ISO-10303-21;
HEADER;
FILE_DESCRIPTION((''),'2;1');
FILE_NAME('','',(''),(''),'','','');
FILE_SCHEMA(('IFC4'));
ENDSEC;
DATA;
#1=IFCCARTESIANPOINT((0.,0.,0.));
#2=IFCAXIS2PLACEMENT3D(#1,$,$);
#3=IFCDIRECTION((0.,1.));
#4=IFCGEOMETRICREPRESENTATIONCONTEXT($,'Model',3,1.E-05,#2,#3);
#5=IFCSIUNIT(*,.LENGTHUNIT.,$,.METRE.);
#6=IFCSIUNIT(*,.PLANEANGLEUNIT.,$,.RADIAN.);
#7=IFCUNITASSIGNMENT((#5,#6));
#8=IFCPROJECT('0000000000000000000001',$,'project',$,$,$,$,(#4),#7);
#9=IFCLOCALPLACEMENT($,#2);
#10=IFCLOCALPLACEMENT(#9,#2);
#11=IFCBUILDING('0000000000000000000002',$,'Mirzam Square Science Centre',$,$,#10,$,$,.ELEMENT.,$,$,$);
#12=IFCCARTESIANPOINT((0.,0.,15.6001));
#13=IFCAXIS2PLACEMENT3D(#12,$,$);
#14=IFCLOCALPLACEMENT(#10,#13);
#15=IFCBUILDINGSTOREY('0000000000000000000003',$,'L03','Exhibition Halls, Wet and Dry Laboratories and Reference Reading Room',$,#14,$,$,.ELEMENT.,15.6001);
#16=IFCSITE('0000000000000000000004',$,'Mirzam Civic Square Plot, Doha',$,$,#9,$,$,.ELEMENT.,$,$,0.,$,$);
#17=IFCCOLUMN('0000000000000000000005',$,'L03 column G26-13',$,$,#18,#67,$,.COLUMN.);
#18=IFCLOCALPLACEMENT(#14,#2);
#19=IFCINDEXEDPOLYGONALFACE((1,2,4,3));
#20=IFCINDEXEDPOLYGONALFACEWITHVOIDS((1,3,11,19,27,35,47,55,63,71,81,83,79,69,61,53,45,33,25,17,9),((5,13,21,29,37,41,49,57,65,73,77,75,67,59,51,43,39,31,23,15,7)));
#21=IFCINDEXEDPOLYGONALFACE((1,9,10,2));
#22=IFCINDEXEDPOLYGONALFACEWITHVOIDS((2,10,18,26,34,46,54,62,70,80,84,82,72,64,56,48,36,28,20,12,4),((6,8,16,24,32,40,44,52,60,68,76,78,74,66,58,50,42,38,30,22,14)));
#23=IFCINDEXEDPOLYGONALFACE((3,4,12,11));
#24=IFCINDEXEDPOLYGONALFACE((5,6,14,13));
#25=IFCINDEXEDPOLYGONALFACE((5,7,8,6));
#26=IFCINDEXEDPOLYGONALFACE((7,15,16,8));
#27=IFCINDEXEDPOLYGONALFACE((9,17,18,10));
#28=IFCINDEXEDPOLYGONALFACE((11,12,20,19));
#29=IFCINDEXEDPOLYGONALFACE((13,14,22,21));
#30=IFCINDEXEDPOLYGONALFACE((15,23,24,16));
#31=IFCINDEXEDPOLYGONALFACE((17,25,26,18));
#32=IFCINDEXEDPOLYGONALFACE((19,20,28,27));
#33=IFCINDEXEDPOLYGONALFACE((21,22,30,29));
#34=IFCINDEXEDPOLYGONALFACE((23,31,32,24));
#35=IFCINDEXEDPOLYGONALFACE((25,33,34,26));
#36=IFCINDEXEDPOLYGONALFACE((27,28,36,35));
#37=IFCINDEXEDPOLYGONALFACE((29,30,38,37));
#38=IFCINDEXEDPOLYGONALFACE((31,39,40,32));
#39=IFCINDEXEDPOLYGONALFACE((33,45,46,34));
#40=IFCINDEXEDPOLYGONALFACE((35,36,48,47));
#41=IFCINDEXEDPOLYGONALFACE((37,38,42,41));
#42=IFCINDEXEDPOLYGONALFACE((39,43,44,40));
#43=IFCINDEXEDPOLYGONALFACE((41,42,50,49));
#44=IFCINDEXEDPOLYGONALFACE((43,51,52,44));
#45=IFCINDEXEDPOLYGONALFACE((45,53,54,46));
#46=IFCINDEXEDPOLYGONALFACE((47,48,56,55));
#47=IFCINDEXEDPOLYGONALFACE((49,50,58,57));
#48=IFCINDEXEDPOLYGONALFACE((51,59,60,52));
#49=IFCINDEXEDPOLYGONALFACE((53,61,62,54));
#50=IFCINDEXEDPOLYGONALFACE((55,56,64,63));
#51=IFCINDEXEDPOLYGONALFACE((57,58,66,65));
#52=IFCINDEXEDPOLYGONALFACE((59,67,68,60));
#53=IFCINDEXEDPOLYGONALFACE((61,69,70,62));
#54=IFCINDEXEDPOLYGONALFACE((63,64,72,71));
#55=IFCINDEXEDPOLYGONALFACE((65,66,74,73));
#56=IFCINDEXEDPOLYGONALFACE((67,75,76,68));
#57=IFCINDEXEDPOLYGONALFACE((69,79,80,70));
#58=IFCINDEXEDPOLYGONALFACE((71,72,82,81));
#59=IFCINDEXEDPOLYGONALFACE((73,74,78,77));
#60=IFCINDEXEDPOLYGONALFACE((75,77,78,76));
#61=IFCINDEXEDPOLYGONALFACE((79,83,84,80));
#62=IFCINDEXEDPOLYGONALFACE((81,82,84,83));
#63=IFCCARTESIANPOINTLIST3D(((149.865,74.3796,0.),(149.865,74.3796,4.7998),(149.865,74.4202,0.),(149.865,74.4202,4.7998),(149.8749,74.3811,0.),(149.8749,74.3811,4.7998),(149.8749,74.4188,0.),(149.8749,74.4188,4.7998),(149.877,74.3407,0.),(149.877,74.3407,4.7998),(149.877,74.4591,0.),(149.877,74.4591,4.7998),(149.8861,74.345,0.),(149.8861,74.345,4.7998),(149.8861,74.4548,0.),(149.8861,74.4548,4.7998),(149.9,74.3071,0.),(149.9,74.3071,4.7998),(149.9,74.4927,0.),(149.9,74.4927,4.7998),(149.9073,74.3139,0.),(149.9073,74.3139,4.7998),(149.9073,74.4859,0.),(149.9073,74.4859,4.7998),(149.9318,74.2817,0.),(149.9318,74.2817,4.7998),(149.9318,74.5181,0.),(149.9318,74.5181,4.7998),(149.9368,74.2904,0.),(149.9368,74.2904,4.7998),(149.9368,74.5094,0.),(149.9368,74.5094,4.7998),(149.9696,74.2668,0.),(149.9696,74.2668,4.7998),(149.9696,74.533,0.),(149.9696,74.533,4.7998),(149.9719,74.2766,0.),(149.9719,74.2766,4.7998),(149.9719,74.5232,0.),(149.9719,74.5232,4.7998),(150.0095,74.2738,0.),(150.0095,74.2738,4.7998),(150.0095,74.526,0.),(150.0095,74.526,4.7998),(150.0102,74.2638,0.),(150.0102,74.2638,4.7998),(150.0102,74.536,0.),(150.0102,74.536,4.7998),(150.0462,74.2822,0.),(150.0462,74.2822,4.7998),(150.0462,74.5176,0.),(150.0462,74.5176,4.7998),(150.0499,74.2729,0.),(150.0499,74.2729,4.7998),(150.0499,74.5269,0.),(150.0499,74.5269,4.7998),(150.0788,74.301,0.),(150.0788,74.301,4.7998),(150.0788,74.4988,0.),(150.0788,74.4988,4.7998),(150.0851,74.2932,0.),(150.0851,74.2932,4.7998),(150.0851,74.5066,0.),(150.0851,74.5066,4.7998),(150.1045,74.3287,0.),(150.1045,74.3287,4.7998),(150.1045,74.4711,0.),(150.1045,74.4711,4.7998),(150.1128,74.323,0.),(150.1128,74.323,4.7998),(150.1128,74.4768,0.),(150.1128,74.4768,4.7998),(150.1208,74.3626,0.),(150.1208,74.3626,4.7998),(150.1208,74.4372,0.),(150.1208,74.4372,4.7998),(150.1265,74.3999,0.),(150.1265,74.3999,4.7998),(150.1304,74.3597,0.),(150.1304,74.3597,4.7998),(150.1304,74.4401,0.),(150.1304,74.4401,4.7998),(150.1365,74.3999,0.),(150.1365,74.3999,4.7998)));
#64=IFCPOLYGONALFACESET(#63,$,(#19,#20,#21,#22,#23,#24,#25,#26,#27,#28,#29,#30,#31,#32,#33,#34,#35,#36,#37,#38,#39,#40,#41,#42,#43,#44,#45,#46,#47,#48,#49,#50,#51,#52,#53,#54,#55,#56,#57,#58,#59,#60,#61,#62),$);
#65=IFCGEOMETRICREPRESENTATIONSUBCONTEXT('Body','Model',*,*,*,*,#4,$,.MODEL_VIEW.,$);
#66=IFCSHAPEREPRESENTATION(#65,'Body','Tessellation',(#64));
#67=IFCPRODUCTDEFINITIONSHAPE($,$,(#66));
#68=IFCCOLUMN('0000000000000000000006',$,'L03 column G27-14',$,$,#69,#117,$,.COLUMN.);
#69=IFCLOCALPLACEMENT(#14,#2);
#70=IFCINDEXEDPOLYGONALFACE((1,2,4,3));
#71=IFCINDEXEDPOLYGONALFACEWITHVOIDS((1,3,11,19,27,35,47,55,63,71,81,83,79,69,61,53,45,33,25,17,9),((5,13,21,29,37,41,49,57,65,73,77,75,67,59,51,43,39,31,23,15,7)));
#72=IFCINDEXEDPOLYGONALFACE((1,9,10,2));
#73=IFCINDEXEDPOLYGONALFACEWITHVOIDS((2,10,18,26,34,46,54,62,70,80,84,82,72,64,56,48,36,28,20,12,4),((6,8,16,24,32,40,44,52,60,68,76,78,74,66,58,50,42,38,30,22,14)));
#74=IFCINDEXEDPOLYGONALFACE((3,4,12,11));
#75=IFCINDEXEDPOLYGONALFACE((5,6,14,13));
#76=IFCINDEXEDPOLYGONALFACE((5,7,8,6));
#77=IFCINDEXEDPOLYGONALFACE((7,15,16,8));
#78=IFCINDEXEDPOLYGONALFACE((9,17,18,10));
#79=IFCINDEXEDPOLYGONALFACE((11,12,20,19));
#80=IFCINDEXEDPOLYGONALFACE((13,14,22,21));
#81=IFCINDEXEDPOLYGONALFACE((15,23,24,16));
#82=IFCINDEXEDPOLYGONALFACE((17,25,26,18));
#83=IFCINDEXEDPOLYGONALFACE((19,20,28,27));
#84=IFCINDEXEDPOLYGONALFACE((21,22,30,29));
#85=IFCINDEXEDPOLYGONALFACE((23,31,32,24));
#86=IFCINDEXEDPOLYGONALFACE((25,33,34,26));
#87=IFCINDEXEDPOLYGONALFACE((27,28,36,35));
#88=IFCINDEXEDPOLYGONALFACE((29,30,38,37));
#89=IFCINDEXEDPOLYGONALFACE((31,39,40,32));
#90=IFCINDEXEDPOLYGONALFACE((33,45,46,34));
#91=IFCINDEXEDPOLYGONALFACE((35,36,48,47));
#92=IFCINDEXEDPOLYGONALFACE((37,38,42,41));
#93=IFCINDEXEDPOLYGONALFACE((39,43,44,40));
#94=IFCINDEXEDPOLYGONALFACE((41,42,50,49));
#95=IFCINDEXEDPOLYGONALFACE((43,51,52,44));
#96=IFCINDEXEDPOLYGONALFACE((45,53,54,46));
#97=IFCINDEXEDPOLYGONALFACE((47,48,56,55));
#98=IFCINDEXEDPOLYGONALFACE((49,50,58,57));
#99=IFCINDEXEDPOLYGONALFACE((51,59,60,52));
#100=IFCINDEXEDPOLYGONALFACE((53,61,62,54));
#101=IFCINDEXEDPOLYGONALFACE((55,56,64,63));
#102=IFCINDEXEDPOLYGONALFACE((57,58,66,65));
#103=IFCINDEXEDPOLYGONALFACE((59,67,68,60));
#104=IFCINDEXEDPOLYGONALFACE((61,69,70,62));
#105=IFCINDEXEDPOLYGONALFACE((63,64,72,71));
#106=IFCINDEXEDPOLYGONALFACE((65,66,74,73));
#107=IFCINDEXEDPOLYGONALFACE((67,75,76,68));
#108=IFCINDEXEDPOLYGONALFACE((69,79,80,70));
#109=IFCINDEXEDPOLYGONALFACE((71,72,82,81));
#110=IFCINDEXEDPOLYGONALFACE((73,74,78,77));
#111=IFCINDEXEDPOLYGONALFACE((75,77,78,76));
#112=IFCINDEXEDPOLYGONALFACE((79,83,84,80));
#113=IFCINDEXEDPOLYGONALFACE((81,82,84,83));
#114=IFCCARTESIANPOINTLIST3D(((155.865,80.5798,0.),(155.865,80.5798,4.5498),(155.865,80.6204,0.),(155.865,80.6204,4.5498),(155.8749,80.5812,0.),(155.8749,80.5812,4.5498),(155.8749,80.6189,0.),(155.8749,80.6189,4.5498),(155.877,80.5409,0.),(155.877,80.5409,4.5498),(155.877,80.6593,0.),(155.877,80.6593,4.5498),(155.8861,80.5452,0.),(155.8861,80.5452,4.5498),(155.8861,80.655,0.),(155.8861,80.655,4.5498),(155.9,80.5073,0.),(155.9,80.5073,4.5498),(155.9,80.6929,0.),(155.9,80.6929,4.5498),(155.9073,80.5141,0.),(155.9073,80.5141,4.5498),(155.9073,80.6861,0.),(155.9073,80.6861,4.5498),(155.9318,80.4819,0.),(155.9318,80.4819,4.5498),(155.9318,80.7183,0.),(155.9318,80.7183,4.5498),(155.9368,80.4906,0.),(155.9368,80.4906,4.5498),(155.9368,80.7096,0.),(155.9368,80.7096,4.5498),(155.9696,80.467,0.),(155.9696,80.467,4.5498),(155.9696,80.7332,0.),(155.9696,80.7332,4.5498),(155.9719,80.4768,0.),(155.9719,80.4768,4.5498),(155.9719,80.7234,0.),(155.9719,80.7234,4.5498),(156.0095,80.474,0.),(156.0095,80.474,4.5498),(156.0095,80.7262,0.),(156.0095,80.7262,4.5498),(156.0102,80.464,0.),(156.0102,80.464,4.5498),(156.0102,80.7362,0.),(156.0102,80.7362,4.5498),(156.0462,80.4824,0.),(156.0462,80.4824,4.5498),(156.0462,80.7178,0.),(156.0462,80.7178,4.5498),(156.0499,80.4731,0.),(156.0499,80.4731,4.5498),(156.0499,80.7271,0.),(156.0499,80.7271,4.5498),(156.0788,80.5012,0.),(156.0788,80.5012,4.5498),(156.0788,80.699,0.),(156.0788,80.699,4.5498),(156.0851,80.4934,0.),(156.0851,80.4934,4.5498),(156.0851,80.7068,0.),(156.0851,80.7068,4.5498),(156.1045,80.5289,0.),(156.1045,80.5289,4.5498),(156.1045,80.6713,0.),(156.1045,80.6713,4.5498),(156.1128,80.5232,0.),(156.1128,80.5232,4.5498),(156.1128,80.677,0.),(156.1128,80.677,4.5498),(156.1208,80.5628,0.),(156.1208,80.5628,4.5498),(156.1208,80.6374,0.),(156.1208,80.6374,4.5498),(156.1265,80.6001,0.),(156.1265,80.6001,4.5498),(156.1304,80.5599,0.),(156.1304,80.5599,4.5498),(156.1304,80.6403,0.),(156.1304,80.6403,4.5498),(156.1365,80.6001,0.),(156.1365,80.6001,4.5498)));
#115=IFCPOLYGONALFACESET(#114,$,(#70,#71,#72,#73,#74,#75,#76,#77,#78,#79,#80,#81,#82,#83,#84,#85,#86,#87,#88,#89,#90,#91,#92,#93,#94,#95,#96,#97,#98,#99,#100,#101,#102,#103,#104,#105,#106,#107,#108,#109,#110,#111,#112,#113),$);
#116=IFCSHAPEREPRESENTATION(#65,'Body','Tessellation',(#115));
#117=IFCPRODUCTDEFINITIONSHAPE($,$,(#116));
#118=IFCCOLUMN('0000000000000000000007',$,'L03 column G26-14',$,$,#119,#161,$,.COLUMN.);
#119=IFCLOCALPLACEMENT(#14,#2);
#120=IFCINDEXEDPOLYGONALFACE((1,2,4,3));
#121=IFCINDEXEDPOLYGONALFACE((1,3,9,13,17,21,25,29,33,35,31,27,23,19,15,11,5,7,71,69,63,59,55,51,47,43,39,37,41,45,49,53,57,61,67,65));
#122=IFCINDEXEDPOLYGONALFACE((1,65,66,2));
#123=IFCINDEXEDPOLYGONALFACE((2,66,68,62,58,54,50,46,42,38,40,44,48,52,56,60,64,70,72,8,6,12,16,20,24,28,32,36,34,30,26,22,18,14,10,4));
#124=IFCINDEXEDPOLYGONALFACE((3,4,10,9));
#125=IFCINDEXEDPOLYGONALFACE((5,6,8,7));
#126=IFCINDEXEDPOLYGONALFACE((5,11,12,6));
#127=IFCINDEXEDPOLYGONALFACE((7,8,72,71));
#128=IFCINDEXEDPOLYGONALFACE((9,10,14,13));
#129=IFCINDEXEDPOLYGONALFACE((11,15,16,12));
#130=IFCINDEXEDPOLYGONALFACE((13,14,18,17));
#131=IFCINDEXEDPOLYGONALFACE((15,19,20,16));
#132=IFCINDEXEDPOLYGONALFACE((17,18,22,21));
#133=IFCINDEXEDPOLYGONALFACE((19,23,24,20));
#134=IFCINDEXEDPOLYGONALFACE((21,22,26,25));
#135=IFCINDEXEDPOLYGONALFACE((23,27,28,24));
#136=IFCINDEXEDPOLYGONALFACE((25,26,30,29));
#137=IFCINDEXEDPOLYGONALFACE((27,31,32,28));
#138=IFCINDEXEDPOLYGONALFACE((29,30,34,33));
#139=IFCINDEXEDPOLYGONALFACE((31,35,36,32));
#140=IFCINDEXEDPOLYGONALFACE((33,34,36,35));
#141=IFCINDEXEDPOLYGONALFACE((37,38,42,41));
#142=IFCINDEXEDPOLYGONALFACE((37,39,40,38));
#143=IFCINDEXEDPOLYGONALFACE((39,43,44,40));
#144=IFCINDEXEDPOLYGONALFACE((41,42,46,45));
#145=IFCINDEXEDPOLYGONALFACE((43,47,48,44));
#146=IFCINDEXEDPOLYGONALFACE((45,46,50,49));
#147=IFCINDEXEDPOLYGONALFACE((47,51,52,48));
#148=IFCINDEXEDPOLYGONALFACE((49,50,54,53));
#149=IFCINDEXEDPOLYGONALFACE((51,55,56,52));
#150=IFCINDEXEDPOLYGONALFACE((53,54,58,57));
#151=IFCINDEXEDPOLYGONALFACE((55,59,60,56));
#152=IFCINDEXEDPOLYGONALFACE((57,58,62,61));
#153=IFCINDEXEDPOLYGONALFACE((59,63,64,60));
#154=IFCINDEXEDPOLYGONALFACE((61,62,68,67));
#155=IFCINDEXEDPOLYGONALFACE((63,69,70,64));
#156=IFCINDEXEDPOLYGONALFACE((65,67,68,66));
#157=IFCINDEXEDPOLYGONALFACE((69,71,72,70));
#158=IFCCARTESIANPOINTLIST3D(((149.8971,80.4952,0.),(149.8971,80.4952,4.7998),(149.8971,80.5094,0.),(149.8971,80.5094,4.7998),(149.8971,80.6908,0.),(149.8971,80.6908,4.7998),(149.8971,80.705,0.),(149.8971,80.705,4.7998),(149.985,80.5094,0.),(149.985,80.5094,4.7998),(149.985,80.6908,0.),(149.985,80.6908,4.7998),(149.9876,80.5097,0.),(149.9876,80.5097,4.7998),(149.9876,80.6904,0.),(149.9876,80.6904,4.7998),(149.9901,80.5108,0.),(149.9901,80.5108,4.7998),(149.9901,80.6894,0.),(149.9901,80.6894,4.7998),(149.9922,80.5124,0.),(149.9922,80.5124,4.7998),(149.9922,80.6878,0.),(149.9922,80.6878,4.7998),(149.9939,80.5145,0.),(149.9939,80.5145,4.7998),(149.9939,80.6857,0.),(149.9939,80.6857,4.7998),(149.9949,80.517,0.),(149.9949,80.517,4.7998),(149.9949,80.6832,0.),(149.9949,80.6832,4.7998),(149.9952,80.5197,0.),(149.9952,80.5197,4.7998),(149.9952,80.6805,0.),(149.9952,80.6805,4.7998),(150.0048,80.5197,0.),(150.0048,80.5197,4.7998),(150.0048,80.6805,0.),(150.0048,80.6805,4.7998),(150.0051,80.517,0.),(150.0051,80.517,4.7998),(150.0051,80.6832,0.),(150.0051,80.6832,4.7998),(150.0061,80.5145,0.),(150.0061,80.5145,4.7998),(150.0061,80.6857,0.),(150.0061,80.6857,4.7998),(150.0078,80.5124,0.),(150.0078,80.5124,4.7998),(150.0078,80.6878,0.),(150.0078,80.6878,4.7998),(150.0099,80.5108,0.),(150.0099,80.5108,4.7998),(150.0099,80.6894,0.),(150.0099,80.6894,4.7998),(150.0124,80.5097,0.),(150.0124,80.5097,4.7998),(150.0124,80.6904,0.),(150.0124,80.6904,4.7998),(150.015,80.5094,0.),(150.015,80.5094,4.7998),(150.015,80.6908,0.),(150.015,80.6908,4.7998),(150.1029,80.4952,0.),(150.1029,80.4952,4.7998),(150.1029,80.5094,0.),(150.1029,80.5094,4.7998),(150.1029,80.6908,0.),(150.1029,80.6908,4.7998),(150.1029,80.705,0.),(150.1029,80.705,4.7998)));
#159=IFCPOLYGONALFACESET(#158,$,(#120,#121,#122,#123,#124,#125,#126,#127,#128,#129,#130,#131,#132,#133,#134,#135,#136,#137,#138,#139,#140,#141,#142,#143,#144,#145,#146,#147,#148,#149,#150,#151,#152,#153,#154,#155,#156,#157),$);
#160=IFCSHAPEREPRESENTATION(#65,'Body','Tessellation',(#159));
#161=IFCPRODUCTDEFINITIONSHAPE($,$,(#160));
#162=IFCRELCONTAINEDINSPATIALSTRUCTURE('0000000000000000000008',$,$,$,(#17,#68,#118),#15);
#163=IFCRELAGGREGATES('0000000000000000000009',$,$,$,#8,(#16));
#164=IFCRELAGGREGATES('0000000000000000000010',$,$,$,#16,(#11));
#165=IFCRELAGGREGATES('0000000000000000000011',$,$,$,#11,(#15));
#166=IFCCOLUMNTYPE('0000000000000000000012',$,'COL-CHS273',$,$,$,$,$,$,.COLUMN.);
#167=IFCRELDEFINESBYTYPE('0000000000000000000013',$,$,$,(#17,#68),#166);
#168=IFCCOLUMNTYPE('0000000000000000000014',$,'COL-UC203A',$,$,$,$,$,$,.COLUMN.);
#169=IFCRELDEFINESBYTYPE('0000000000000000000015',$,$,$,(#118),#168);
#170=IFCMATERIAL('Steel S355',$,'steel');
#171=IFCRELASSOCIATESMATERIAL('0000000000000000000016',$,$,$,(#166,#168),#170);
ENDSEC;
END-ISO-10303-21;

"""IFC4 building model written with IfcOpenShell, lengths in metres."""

from ifc_helpers import new_model, si_unit, direction, frame, origin, origin_2d, place, context, subcontext, project, spatial, hollow_circle, i_section, extrude, material, material_profile, profile_set, type_object, element, save


model = new_model("IFC4")

# Units and contexts
model_context = context("Model", 3, precision=1e-05, world=origin(), true_north=direction((0.0, 1.0)))
body_context = subcontext(model_context, "Body", "Model", "MODEL_VIEW")
ifc_project = project(units=[si_unit("LENGTHUNIT", "METRE"), si_unit("PLANEANGLEUNIT", "RADIAN")], contexts=[model_context])

# Site, building, storey
site_placement = place(None, origin())
site = spatial("IfcSite", under=ifc_project, at=site_placement, Name="Mirzam Civic Square Plot, Doha", CompositionType="ELEMENT", RefElevation=0.0)
building_placement = place(site_placement, origin())
building = spatial("IfcBuilding", under=site, at=building_placement, Name="Mirzam Square Science Centre", CompositionType="ELEMENT")
storey_placement = place(building_placement, frame((0.0, 0.0, 15.6001)))
storey = spatial("IfcBuildingStorey", under=building, at=storey_placement, Name="L03", Description="Exhibition Halls, Wet and Dry Laboratories and Reference Reading Room", CompositionType="ELEMENT", Elevation=15.6001)

# Columns
ifc_material_1 = material(Name="Steel S355", Category="steel")
ifc_material_profile_1 = material_profile(ifc_material_1, hollow_circle(Radius=0.1365, WallThickness=0.01, at=origin_2d()), Name="273.0x10.0CHS")
ifc_profile_set_1 = profile_set([ifc_material_profile_1], Name="Steel S355")
column_type_1 = type_object("IfcColumnType", Name="COL-CHS273", PredefinedType="COLUMN", material=ifc_profile_set_1)
column_1_placement = place(storey_placement, frame((150.0, 74.3999, 0.0), z_axis=(0.0, 0.0, 1.0), x_axis=(1.0, 0.0, 0.0)))
element("IfcColumn", 1, at=column_1_placement, inside=storey, type_object=column_type_1, Name="L03 column G26-13", PredefinedType="COLUMN", context=body_context, shape_type="SweptSolid", body=[
    extrude(hollow_circle(Radius=0.1365, WallThickness=0.01, at=origin_2d()), origin(), (0.0, 0.0, 1.0), 4.7998),
])
column_2_placement = place(storey_placement, frame((156.0, 80.6001, 0.0), z_axis=(0.0, 0.0, 1.0), x_axis=(1.0, 0.0, 0.0)))
element("IfcColumn", 2, at=column_2_placement, inside=storey, type_object=column_type_1, Name="L03 column G27-14", PredefinedType="COLUMN", context=body_context, shape_type="SweptSolid", body=[
    extrude(hollow_circle(Radius=0.1365, WallThickness=0.01, at=origin_2d()), origin(), (0.0, 0.0, 1.0), 4.5498),
])
ifc_material_profile_2 = material_profile(ifc_material_1, i_section(OverallWidth=0.2058, OverallDepth=0.2097, WebThickness=0.0095, FlangeThickness=0.0142, FilletRadius=0.0103, at=origin_2d()), Name="203x203x60UC")
ifc_profile_set_2 = profile_set([ifc_material_profile_2], Name="Steel S355")
column_type_2 = type_object("IfcColumnType", Name="COL-UC203A", PredefinedType="COLUMN", material=ifc_profile_set_2)
column_3_placement = place(storey_placement, frame((150.0, 80.6001, 0.0), z_axis=(0.0, 0.0, 1.0), x_axis=(1.0, 0.0, 0.0)))
element("IfcColumn", 3, at=column_3_placement, inside=storey, type_object=column_type_2, Name="L03 column G26-14", PredefinedType="COLUMN", context=body_context, shape_type="SweptSolid", body=[
    extrude(i_section(OverallWidth=0.2058, OverallDepth=0.2097, WebThickness=0.0095, FlangeThickness=0.0142, FilletRadius=0.0103, at=origin_2d()), origin(), (0.0, 0.0, 1.0), 4.7998),
])

save(model, "model.ifc")
